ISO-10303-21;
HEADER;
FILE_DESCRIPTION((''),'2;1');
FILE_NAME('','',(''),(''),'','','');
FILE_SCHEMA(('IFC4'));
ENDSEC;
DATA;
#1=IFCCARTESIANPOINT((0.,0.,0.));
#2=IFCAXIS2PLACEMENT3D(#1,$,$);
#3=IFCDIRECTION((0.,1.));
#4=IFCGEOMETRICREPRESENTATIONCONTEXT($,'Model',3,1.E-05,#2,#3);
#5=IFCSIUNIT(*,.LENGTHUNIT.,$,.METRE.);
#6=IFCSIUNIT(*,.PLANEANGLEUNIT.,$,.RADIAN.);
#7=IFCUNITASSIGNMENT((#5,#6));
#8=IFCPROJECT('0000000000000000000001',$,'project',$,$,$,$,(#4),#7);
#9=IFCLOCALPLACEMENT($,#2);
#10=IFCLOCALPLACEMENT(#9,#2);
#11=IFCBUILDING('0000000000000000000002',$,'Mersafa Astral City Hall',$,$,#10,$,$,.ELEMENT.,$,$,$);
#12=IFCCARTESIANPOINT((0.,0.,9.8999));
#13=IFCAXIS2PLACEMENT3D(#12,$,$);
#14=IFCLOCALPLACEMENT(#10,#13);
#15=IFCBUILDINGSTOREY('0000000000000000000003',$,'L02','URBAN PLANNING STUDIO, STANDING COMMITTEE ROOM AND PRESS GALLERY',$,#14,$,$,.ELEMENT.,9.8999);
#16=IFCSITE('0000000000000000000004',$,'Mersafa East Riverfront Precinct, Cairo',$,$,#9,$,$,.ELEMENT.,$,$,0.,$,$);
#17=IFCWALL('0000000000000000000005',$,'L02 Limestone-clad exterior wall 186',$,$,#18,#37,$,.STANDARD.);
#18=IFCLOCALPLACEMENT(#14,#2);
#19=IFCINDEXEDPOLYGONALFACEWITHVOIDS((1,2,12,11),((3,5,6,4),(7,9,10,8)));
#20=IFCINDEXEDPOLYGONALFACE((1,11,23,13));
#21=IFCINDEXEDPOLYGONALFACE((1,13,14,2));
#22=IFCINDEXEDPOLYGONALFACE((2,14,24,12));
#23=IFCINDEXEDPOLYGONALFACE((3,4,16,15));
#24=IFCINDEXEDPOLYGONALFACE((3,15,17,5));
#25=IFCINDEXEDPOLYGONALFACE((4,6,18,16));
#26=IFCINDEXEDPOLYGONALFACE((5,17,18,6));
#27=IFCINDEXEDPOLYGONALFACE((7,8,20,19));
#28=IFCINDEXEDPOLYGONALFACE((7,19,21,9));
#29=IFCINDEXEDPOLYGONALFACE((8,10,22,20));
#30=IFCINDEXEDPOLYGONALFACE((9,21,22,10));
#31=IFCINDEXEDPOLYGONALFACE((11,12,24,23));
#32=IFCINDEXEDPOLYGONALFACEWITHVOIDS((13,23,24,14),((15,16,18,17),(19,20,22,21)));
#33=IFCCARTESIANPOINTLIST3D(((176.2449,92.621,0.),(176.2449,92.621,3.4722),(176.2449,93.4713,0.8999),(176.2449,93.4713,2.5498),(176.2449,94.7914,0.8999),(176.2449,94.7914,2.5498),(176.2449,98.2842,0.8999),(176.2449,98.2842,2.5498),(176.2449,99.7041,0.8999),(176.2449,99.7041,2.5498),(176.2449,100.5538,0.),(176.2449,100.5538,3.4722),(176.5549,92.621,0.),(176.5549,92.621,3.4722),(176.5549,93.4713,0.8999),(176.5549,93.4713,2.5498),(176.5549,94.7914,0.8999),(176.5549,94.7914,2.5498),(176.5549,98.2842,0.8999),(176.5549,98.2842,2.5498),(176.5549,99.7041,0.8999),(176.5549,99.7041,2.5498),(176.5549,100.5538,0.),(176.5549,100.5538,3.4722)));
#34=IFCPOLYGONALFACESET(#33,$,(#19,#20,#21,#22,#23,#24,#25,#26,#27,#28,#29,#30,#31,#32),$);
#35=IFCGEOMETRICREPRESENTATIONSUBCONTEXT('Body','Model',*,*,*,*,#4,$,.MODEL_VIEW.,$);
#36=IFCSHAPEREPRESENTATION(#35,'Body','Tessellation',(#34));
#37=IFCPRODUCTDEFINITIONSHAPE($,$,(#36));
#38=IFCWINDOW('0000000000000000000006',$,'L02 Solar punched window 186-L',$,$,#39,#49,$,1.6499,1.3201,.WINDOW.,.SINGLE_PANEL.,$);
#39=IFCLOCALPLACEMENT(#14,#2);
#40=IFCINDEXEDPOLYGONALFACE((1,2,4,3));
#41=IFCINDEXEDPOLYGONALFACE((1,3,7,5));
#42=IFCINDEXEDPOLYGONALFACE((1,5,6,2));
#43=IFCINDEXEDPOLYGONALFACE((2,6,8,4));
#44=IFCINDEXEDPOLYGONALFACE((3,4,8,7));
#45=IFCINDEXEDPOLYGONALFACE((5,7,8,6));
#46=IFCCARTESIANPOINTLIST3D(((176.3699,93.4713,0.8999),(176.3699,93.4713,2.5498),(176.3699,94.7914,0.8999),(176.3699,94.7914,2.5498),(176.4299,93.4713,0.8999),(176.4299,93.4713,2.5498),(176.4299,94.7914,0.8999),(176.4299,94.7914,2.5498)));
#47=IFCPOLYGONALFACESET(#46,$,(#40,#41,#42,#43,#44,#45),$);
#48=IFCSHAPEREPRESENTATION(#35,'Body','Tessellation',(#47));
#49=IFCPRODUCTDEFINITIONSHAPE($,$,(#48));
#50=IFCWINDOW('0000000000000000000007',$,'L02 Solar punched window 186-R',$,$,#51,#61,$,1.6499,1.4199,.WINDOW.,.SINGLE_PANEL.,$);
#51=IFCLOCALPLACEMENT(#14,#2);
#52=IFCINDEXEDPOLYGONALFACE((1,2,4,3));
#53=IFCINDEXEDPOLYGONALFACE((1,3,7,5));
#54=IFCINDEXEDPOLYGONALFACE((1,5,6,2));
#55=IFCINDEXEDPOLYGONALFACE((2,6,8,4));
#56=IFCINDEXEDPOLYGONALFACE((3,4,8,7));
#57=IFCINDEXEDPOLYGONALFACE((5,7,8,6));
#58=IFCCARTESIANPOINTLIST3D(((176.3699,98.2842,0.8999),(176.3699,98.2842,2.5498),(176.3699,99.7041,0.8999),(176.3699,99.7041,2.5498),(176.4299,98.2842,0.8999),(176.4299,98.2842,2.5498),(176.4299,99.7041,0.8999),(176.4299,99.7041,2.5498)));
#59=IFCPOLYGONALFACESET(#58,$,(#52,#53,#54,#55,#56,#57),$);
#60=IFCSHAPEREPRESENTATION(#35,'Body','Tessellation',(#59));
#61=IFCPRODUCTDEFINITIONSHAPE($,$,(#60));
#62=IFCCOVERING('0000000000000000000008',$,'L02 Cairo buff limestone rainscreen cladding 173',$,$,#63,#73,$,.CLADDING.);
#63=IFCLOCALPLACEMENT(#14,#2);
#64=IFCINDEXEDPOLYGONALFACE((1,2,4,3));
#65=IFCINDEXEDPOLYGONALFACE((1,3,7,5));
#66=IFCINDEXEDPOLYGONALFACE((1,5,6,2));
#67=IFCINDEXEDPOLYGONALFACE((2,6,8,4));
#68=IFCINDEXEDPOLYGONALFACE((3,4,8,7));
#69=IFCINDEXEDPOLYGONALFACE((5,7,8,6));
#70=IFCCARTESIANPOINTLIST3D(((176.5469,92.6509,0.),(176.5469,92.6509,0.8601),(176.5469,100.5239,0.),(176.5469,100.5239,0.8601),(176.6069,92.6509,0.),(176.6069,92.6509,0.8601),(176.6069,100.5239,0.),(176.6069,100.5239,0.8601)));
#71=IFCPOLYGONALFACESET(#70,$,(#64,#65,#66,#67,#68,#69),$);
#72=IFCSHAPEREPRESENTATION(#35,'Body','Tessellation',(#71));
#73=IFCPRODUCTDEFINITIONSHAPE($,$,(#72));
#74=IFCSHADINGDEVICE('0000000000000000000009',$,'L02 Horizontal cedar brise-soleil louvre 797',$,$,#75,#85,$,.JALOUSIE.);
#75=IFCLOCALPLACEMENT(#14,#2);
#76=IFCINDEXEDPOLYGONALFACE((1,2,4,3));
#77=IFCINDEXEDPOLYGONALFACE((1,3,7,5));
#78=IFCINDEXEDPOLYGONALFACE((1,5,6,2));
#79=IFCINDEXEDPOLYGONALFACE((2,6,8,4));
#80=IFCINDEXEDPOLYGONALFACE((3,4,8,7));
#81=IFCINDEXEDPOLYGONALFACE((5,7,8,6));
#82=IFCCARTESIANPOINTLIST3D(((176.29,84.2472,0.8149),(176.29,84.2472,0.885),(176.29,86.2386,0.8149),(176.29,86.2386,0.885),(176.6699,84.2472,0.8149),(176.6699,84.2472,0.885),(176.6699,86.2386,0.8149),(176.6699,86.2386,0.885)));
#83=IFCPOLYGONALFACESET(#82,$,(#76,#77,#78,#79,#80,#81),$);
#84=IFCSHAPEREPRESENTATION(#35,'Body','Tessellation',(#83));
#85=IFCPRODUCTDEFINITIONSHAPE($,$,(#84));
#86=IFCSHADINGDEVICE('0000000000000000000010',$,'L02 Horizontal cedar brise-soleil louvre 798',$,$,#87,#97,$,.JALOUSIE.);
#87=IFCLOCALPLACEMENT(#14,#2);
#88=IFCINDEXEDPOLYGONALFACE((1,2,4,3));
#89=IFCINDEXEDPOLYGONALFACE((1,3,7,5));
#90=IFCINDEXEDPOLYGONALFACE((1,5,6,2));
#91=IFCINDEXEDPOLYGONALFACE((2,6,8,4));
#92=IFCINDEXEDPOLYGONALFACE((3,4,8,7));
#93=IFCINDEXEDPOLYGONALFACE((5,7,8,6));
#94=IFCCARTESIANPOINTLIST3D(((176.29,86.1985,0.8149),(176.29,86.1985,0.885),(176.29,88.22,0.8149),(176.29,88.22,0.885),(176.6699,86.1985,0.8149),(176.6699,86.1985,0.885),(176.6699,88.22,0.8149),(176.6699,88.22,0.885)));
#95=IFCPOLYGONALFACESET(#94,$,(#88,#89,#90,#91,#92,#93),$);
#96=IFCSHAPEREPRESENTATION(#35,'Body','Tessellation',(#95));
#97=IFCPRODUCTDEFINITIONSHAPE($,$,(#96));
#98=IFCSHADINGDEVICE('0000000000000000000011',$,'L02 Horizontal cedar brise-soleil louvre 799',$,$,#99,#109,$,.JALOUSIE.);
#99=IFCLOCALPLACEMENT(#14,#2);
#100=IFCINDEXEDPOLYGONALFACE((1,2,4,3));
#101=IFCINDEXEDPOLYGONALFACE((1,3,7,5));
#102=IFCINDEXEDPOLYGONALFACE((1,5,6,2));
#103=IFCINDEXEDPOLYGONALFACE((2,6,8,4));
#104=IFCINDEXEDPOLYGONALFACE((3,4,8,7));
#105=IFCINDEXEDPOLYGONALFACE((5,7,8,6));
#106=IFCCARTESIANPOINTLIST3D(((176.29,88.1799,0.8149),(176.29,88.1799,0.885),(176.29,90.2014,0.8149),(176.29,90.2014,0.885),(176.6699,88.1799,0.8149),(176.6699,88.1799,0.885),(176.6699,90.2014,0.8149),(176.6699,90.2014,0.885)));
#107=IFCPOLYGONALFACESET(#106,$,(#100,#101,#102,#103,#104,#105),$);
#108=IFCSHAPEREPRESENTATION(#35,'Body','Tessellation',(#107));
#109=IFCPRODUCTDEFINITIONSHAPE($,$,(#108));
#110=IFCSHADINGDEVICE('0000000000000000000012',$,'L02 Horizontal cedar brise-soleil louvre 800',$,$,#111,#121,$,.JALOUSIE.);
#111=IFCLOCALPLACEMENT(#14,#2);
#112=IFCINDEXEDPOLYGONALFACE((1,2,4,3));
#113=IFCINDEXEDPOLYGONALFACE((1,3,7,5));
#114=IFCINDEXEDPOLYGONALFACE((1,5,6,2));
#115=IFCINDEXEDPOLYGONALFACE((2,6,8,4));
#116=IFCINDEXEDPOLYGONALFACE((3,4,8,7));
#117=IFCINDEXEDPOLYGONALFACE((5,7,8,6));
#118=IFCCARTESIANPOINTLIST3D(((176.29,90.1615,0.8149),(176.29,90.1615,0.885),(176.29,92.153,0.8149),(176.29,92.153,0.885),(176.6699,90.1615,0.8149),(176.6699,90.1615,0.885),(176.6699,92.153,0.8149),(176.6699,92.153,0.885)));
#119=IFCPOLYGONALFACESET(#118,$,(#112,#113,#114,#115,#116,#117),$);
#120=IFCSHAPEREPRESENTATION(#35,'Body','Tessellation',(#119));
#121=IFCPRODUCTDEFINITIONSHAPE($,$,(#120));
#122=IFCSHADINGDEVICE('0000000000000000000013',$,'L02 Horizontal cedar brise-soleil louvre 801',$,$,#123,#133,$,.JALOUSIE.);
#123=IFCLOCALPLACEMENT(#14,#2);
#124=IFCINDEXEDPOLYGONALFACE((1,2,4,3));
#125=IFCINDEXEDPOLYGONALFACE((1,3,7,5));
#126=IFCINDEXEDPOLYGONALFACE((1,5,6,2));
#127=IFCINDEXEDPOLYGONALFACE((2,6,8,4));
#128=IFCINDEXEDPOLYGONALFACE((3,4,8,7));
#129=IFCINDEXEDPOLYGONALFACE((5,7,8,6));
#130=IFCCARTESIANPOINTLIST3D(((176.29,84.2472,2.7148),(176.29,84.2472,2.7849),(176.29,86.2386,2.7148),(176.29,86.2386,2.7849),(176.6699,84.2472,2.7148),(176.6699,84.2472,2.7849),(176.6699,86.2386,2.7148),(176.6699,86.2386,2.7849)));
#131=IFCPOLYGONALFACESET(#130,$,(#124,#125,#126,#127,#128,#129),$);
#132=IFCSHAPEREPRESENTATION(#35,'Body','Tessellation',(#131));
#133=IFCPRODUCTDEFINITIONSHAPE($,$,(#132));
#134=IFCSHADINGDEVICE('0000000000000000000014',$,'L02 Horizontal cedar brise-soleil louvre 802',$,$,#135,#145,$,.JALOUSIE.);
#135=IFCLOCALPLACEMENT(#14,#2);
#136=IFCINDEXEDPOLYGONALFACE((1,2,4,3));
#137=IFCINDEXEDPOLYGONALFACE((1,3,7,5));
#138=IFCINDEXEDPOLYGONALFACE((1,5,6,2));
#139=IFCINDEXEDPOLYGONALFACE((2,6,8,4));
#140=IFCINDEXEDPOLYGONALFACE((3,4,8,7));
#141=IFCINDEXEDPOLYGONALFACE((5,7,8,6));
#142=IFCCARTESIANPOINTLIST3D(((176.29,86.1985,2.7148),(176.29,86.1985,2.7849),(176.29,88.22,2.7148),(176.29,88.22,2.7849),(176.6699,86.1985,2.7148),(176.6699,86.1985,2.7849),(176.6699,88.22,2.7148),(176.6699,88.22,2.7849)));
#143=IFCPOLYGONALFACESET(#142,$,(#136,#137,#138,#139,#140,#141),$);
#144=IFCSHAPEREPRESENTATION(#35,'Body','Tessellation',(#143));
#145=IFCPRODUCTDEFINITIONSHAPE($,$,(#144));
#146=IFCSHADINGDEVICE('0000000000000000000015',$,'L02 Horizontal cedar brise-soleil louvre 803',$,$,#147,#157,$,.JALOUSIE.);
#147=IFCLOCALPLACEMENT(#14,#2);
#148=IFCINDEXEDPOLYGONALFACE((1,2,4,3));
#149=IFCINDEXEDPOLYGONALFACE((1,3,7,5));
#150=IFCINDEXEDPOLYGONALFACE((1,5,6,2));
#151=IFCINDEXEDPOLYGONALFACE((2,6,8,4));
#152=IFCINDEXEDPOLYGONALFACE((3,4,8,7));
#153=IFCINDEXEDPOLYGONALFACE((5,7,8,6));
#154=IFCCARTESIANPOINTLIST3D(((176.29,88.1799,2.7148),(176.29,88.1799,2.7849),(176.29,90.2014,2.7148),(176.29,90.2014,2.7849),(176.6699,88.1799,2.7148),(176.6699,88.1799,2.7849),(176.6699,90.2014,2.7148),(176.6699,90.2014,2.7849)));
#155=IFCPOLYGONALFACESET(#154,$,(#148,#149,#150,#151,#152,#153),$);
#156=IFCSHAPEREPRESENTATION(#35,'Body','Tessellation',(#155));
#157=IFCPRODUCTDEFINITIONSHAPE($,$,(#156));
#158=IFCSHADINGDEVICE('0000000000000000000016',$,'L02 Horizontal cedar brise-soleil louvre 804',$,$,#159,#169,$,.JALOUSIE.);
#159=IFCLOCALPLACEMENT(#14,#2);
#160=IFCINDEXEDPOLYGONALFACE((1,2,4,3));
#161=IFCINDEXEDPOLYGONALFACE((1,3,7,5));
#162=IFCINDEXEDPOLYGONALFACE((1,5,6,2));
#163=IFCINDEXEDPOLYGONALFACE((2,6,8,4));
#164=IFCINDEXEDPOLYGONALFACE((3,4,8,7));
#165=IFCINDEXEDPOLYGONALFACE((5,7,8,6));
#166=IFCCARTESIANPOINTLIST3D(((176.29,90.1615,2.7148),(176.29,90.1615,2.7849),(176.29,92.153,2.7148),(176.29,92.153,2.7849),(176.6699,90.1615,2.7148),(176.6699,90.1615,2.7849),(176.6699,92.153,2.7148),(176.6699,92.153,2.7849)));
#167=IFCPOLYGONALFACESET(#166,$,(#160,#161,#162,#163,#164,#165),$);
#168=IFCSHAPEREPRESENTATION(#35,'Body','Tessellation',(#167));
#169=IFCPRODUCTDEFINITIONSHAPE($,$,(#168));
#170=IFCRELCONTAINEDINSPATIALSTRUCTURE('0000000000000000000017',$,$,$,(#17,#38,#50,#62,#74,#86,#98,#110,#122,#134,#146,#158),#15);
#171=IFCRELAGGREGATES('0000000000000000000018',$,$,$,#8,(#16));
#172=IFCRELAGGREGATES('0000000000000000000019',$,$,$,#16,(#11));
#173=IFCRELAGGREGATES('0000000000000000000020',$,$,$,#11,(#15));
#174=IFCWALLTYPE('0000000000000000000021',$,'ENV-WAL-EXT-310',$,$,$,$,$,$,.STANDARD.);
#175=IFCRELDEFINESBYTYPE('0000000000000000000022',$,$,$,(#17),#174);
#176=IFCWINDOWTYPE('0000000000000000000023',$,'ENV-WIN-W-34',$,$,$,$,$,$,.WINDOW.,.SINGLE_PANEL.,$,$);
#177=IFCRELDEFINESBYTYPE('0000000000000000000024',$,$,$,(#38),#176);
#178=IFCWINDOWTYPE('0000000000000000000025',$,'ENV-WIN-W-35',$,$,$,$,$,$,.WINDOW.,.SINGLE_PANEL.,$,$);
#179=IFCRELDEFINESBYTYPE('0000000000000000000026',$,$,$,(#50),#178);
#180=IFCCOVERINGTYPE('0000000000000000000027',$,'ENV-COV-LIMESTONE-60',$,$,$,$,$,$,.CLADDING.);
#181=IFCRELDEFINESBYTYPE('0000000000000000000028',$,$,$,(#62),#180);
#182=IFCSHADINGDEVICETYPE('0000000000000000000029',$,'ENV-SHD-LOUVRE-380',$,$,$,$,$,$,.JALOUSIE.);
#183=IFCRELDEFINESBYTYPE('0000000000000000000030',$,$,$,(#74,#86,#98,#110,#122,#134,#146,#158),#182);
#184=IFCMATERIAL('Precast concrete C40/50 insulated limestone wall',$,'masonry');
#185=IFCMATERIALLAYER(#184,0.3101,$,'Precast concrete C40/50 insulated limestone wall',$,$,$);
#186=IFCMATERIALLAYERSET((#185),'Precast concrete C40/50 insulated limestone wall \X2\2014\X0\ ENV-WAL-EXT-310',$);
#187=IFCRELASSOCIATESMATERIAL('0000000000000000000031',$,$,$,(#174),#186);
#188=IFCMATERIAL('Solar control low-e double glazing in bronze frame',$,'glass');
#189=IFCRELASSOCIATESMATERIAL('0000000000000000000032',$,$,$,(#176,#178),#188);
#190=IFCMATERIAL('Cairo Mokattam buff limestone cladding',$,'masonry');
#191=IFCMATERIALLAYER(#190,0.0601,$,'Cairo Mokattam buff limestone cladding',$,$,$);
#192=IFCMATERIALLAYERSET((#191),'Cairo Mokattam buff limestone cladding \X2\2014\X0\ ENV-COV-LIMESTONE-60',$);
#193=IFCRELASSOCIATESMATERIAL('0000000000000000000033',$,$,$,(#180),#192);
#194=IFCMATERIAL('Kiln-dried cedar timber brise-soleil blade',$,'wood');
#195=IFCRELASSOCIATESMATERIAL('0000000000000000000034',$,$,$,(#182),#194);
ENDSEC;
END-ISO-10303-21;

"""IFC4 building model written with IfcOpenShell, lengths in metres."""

from ifc_helpers import new_model, si_unit, direction, frame, frame_2d, origin, origin_2d, place, context, subcontext, project, spatial, rectangle, extrude, material, layer, layer_set, type_object, element, fill, save


model = new_model("IFC4")

# Units and contexts
model_context = context("Model", 3, precision=1e-05, world=origin(), true_north=direction((0.0, 1.0)))
body_context = subcontext(model_context, "Body", "Model", "MODEL_VIEW")
ifc_project = project(units=[si_unit("LENGTHUNIT", "METRE"), si_unit("PLANEANGLEUNIT", "RADIAN")], contexts=[model_context])

# Site, building, storey
site_placement = place(None, origin())
site = spatial("IfcSite", under=ifc_project, at=site_placement, Name="Mersafa East Riverfront Precinct, Cairo", CompositionType="ELEMENT", RefElevation=0.0)
building_placement = place(site_placement, origin())
building = spatial("IfcBuilding", under=site, at=building_placement, Name="Mersafa Astral City Hall", CompositionType="ELEMENT")
storey_placement = place(building_placement, frame((0.0, 0.0, 9.8999)))
storey = spatial("IfcBuildingStorey", under=building, at=storey_placement, Name="L02", Description="URBAN PLANNING STUDIO, STANDING COMMITTEE ROOM AND PRESS GALLERY", CompositionType="ELEMENT", Elevation=9.8999)

# Wall, openings, windows
ifc_material_1 = material(Name="Precast concrete C40/50 insulated limestone wall", Category="masonry")
ifc_layer_1 = layer(ifc_material_1, 0.3101, Name="Precast concrete C40/50 insulated limestone wall")
ifc_layer_set_1 = layer_set([ifc_layer_1], Name="Precast concrete C40/50 insulated limestone wall — ENV-WAL-EXT-310")
wall_type = type_object("IfcWallType", Name="ENV-WAL-EXT-310", PredefinedType="STANDARD", material=ifc_layer_set_1)
wall_placement = place(storey_placement, frame((176.3999, 92.6211, 0.0), z_axis=(0.0, 0.0, 1.0), x_axis=(0.0, 1.0, 0.0)))
wall = element("IfcWall", 1, at=wall_placement, inside=storey, type_object=wall_type, Name="L02 Limestone-clad exterior wall 186", PredefinedType="STANDARD", context=body_context, shape_type="SweptSolid", body=[
    extrude(rectangle(XDim=7.9329, YDim=0.3101, at=frame_2d((3.9663, 0.0))), origin(), (0.0, 0.0, 1.0), 3.4722),
])
opening_1_placement = place(wall_placement, frame((0.8501, 0.0, 0.8999)))
opening_1 = element("IfcOpeningElement", 2, at=opening_1_placement, cuts=wall, PredefinedType="OPENING", context=body_context, shape_type="SweptSolid", body=[
    extrude(rectangle(XDim=1.3201, YDim=1.6499, at=frame_2d((0.6602, 0.825))), frame((0.0, 0.165, 0.0), z_axis=(0.0, -1.0, 0.0), x_axis=(1.0, 0.0, 0.0)), (0.0, 0.0, 1.0), 0.3301),
])
opening_2_placement = place(wall_placement, frame((5.6631, 0.0, 0.8999)))
opening_2 = element("IfcOpeningElement", 3, at=opening_2_placement, cuts=wall, PredefinedType="OPENING", context=body_context, shape_type="SweptSolid", body=[
    extrude(rectangle(XDim=1.4199, YDim=1.6499, at=frame_2d((0.71, 0.825))), frame((0.0, 0.165, 0.0), z_axis=(0.0, -1.0, 0.0), x_axis=(1.0, 0.0, 0.0)), (0.0, 0.0, 1.0), 0.3301),
])
ifc_material_2 = material(Name="Solar control low-e double glazing in bronze frame", Category="glass")
window_type_1 = type_object("IfcWindowType", Name="ENV-WIN-W-34", PartitioningType="SINGLE_PANEL", PredefinedType="WINDOW", material=ifc_material_2)
window_1_placement = place(opening_1_placement, origin())
window_1 = element("IfcWindow", 4, at=window_1_placement, inside=storey, type_object=window_type_1, Name="L02 Solar punched window 186-L", OverallHeight=1.6499, OverallWidth=1.3201, PartitioningType="SINGLE_PANEL", PredefinedType="WINDOW", context=body_context, shape_type="SweptSolid", body=[
    extrude(rectangle(XDim=1.3201, YDim=1.6499, at=frame_2d((0.6602, 0.825))), frame((0.0, 0.03, 0.0), z_axis=(0.0, -1.0, 0.0), x_axis=(1.0, 0.0, 0.0)), (0.0, 0.0, 1.0), 0.0601),
])
fill(opening_1, window_1)
window_type_2 = type_object("IfcWindowType", Name="ENV-WIN-W-35", PartitioningType="SINGLE_PANEL", PredefinedType="WINDOW", material=ifc_material_2)
window_2_placement = place(opening_2_placement, origin())
window_2 = element("IfcWindow", 5, at=window_2_placement, inside=storey, type_object=window_type_2, Name="L02 Solar punched window 186-R", OverallHeight=1.6499, OverallWidth=1.4199, PartitioningType="SINGLE_PANEL", PredefinedType="WINDOW", context=body_context, shape_type="SweptSolid", body=[
    extrude(rectangle(XDim=1.4199, YDim=1.6499, at=frame_2d((0.71, 0.825))), frame((0.0, 0.03, 0.0), z_axis=(0.0, -1.0, 0.0), x_axis=(1.0, 0.0, 0.0)), (0.0, 0.0, 1.0), 0.0601),
])
fill(opening_2, window_2)

# Covering
ifc_material_3 = material(Name="Cairo Mokattam buff limestone cladding", Category="masonry")
ifc_layer_2 = layer(ifc_material_3, 0.0601, Name="Cairo Mokattam buff limestone cladding")
ifc_layer_set_2 = layer_set([ifc_layer_2], Name="Cairo Mokattam buff limestone cladding — ENV-COV-LIMESTONE-60")
covering_type = type_object("IfcCoveringType", Name="ENV-COV-LIMESTONE-60", PredefinedType="CLADDING", material=ifc_layer_set_2)
covering_placement = place(storey_placement, frame((176.5769, 96.5874, 0.0), z_axis=(0.0, 0.0, 1.0), x_axis=(0.0, 1.0, 0.0)))
element("IfcCovering", 6, at=covering_placement, inside=storey, type_object=covering_type, Name="L02 Cairo buff limestone rainscreen cladding 173", PredefinedType="CLADDING", context=body_context, shape_type="SweptSolid", body=[
    extrude(rectangle(XDim=7.873, YDim=0.0601, at=origin_2d()), origin(), (0.0, 0.0, 1.0), 0.8601),
])

# Shading devices
ifc_material_4 = material(Name="Kiln-dried cedar timber brise-soleil blade", Category="wood")
shading_device_type = type_object("IfcShadingDeviceType", Name="ENV-SHD-LOUVRE-380", PredefinedType="JALOUSIE", material=ifc_material_4)
shading_device_1_placement = place(storey_placement, frame((176.48, 85.2429, 0.8149), z_axis=(0.0, 0.0, 1.0), x_axis=(0.0, 1.0, 0.0)))
element("IfcShadingDevice", 7, at=shading_device_1_placement, inside=storey, type_object=shading_device_type, Name="L02 Horizontal cedar brise-soleil louvre 797", PredefinedType="JALOUSIE", context=body_context, shape_type="SweptSolid", body=[
    extrude(rectangle(XDim=1.9915, YDim=0.3799, at=origin_2d()), origin(), (0.0, 0.0, 1.0), 0.0701),
])
for number, where, z_axis, x_axis, name in (
    (8, (176.48, 87.2092, 0.8149), (0.0, 0.0, 1.0), (0.0, 1.0, 0.0), "L02 Horizontal cedar brise-soleil louvre 798"),
    (9, (176.48, 89.1907, 0.8149), (0.0, 0.0, 1.0), (0.0, 1.0, 0.0), "L02 Horizontal cedar brise-soleil louvre 799"),
):
    element("IfcShadingDevice", number, at=place(storey_placement, frame(where, z_axis=z_axis, x_axis=x_axis)), inside=storey, type_object=shading_device_type, Name=name, PredefinedType="JALOUSIE", context=body_context, shape_type="SweptSolid", body=[
        extrude(rectangle(XDim=2.0215, YDim=0.3799, at=origin_2d()), origin(), (0.0, 0.0, 1.0), 0.0701),
    ])
for number, where, z_axis, x_axis, name in (
    (10, (176.48, 91.1572, 0.8149), (0.0, 0.0, 1.0), (0.0, 1.0, 0.0), "L02 Horizontal cedar brise-soleil louvre 800"),
    (11, (176.48, 85.2429, 2.7148), (0.0, 0.0, 1.0), (0.0, 1.0, 0.0), "L02 Horizontal cedar brise-soleil louvre 801"),
):
    element("IfcShadingDevice", number, at=place(storey_placement, frame(where, z_axis=z_axis, x_axis=x_axis)), inside=storey, type_object=shading_device_type, Name=name, PredefinedType="JALOUSIE", context=body_context, shape_type="SweptSolid", body=[
        extrude(rectangle(XDim=1.9915, YDim=0.3799, at=origin_2d()), origin(), (0.0, 0.0, 1.0), 0.0701),
    ])
for number, where, z_axis, x_axis, name in (
    (12, (176.48, 87.2092, 2.7148), (0.0, 0.0, 1.0), (0.0, 1.0, 0.0), "L02 Horizontal cedar brise-soleil louvre 802"),
    (13, (176.48, 89.1907, 2.7148), (0.0, 0.0, 1.0), (0.0, 1.0, 0.0), "L02 Horizontal cedar brise-soleil louvre 803"),
):
    element("IfcShadingDevice", number, at=place(storey_placement, frame(where, z_axis=z_axis, x_axis=x_axis)), inside=storey, type_object=shading_device_type, Name=name, PredefinedType="JALOUSIE", context=body_context, shape_type="SweptSolid", body=[
        extrude(rectangle(XDim=2.0215, YDim=0.3799, at=origin_2d()), origin(), (0.0, 0.0, 1.0), 0.0701),
    ])
shading_device_2_placement = place(storey_placement, frame((176.48, 91.1572, 2.7148), z_axis=(0.0, 0.0, 1.0), x_axis=(0.0, 1.0, 0.0)))
element("IfcShadingDevice", 14, at=shading_device_2_placement, inside=storey, type_object=shading_device_type, Name="L02 Horizontal cedar brise-soleil louvre 804", PredefinedType="JALOUSIE", context=body_context, shape_type="SweptSolid", body=[
    extrude(rectangle(XDim=1.9915, YDim=0.3799, at=origin_2d()), origin(), (0.0, 0.0, 1.0), 0.0701),
])

save(model, "model.ifc")
